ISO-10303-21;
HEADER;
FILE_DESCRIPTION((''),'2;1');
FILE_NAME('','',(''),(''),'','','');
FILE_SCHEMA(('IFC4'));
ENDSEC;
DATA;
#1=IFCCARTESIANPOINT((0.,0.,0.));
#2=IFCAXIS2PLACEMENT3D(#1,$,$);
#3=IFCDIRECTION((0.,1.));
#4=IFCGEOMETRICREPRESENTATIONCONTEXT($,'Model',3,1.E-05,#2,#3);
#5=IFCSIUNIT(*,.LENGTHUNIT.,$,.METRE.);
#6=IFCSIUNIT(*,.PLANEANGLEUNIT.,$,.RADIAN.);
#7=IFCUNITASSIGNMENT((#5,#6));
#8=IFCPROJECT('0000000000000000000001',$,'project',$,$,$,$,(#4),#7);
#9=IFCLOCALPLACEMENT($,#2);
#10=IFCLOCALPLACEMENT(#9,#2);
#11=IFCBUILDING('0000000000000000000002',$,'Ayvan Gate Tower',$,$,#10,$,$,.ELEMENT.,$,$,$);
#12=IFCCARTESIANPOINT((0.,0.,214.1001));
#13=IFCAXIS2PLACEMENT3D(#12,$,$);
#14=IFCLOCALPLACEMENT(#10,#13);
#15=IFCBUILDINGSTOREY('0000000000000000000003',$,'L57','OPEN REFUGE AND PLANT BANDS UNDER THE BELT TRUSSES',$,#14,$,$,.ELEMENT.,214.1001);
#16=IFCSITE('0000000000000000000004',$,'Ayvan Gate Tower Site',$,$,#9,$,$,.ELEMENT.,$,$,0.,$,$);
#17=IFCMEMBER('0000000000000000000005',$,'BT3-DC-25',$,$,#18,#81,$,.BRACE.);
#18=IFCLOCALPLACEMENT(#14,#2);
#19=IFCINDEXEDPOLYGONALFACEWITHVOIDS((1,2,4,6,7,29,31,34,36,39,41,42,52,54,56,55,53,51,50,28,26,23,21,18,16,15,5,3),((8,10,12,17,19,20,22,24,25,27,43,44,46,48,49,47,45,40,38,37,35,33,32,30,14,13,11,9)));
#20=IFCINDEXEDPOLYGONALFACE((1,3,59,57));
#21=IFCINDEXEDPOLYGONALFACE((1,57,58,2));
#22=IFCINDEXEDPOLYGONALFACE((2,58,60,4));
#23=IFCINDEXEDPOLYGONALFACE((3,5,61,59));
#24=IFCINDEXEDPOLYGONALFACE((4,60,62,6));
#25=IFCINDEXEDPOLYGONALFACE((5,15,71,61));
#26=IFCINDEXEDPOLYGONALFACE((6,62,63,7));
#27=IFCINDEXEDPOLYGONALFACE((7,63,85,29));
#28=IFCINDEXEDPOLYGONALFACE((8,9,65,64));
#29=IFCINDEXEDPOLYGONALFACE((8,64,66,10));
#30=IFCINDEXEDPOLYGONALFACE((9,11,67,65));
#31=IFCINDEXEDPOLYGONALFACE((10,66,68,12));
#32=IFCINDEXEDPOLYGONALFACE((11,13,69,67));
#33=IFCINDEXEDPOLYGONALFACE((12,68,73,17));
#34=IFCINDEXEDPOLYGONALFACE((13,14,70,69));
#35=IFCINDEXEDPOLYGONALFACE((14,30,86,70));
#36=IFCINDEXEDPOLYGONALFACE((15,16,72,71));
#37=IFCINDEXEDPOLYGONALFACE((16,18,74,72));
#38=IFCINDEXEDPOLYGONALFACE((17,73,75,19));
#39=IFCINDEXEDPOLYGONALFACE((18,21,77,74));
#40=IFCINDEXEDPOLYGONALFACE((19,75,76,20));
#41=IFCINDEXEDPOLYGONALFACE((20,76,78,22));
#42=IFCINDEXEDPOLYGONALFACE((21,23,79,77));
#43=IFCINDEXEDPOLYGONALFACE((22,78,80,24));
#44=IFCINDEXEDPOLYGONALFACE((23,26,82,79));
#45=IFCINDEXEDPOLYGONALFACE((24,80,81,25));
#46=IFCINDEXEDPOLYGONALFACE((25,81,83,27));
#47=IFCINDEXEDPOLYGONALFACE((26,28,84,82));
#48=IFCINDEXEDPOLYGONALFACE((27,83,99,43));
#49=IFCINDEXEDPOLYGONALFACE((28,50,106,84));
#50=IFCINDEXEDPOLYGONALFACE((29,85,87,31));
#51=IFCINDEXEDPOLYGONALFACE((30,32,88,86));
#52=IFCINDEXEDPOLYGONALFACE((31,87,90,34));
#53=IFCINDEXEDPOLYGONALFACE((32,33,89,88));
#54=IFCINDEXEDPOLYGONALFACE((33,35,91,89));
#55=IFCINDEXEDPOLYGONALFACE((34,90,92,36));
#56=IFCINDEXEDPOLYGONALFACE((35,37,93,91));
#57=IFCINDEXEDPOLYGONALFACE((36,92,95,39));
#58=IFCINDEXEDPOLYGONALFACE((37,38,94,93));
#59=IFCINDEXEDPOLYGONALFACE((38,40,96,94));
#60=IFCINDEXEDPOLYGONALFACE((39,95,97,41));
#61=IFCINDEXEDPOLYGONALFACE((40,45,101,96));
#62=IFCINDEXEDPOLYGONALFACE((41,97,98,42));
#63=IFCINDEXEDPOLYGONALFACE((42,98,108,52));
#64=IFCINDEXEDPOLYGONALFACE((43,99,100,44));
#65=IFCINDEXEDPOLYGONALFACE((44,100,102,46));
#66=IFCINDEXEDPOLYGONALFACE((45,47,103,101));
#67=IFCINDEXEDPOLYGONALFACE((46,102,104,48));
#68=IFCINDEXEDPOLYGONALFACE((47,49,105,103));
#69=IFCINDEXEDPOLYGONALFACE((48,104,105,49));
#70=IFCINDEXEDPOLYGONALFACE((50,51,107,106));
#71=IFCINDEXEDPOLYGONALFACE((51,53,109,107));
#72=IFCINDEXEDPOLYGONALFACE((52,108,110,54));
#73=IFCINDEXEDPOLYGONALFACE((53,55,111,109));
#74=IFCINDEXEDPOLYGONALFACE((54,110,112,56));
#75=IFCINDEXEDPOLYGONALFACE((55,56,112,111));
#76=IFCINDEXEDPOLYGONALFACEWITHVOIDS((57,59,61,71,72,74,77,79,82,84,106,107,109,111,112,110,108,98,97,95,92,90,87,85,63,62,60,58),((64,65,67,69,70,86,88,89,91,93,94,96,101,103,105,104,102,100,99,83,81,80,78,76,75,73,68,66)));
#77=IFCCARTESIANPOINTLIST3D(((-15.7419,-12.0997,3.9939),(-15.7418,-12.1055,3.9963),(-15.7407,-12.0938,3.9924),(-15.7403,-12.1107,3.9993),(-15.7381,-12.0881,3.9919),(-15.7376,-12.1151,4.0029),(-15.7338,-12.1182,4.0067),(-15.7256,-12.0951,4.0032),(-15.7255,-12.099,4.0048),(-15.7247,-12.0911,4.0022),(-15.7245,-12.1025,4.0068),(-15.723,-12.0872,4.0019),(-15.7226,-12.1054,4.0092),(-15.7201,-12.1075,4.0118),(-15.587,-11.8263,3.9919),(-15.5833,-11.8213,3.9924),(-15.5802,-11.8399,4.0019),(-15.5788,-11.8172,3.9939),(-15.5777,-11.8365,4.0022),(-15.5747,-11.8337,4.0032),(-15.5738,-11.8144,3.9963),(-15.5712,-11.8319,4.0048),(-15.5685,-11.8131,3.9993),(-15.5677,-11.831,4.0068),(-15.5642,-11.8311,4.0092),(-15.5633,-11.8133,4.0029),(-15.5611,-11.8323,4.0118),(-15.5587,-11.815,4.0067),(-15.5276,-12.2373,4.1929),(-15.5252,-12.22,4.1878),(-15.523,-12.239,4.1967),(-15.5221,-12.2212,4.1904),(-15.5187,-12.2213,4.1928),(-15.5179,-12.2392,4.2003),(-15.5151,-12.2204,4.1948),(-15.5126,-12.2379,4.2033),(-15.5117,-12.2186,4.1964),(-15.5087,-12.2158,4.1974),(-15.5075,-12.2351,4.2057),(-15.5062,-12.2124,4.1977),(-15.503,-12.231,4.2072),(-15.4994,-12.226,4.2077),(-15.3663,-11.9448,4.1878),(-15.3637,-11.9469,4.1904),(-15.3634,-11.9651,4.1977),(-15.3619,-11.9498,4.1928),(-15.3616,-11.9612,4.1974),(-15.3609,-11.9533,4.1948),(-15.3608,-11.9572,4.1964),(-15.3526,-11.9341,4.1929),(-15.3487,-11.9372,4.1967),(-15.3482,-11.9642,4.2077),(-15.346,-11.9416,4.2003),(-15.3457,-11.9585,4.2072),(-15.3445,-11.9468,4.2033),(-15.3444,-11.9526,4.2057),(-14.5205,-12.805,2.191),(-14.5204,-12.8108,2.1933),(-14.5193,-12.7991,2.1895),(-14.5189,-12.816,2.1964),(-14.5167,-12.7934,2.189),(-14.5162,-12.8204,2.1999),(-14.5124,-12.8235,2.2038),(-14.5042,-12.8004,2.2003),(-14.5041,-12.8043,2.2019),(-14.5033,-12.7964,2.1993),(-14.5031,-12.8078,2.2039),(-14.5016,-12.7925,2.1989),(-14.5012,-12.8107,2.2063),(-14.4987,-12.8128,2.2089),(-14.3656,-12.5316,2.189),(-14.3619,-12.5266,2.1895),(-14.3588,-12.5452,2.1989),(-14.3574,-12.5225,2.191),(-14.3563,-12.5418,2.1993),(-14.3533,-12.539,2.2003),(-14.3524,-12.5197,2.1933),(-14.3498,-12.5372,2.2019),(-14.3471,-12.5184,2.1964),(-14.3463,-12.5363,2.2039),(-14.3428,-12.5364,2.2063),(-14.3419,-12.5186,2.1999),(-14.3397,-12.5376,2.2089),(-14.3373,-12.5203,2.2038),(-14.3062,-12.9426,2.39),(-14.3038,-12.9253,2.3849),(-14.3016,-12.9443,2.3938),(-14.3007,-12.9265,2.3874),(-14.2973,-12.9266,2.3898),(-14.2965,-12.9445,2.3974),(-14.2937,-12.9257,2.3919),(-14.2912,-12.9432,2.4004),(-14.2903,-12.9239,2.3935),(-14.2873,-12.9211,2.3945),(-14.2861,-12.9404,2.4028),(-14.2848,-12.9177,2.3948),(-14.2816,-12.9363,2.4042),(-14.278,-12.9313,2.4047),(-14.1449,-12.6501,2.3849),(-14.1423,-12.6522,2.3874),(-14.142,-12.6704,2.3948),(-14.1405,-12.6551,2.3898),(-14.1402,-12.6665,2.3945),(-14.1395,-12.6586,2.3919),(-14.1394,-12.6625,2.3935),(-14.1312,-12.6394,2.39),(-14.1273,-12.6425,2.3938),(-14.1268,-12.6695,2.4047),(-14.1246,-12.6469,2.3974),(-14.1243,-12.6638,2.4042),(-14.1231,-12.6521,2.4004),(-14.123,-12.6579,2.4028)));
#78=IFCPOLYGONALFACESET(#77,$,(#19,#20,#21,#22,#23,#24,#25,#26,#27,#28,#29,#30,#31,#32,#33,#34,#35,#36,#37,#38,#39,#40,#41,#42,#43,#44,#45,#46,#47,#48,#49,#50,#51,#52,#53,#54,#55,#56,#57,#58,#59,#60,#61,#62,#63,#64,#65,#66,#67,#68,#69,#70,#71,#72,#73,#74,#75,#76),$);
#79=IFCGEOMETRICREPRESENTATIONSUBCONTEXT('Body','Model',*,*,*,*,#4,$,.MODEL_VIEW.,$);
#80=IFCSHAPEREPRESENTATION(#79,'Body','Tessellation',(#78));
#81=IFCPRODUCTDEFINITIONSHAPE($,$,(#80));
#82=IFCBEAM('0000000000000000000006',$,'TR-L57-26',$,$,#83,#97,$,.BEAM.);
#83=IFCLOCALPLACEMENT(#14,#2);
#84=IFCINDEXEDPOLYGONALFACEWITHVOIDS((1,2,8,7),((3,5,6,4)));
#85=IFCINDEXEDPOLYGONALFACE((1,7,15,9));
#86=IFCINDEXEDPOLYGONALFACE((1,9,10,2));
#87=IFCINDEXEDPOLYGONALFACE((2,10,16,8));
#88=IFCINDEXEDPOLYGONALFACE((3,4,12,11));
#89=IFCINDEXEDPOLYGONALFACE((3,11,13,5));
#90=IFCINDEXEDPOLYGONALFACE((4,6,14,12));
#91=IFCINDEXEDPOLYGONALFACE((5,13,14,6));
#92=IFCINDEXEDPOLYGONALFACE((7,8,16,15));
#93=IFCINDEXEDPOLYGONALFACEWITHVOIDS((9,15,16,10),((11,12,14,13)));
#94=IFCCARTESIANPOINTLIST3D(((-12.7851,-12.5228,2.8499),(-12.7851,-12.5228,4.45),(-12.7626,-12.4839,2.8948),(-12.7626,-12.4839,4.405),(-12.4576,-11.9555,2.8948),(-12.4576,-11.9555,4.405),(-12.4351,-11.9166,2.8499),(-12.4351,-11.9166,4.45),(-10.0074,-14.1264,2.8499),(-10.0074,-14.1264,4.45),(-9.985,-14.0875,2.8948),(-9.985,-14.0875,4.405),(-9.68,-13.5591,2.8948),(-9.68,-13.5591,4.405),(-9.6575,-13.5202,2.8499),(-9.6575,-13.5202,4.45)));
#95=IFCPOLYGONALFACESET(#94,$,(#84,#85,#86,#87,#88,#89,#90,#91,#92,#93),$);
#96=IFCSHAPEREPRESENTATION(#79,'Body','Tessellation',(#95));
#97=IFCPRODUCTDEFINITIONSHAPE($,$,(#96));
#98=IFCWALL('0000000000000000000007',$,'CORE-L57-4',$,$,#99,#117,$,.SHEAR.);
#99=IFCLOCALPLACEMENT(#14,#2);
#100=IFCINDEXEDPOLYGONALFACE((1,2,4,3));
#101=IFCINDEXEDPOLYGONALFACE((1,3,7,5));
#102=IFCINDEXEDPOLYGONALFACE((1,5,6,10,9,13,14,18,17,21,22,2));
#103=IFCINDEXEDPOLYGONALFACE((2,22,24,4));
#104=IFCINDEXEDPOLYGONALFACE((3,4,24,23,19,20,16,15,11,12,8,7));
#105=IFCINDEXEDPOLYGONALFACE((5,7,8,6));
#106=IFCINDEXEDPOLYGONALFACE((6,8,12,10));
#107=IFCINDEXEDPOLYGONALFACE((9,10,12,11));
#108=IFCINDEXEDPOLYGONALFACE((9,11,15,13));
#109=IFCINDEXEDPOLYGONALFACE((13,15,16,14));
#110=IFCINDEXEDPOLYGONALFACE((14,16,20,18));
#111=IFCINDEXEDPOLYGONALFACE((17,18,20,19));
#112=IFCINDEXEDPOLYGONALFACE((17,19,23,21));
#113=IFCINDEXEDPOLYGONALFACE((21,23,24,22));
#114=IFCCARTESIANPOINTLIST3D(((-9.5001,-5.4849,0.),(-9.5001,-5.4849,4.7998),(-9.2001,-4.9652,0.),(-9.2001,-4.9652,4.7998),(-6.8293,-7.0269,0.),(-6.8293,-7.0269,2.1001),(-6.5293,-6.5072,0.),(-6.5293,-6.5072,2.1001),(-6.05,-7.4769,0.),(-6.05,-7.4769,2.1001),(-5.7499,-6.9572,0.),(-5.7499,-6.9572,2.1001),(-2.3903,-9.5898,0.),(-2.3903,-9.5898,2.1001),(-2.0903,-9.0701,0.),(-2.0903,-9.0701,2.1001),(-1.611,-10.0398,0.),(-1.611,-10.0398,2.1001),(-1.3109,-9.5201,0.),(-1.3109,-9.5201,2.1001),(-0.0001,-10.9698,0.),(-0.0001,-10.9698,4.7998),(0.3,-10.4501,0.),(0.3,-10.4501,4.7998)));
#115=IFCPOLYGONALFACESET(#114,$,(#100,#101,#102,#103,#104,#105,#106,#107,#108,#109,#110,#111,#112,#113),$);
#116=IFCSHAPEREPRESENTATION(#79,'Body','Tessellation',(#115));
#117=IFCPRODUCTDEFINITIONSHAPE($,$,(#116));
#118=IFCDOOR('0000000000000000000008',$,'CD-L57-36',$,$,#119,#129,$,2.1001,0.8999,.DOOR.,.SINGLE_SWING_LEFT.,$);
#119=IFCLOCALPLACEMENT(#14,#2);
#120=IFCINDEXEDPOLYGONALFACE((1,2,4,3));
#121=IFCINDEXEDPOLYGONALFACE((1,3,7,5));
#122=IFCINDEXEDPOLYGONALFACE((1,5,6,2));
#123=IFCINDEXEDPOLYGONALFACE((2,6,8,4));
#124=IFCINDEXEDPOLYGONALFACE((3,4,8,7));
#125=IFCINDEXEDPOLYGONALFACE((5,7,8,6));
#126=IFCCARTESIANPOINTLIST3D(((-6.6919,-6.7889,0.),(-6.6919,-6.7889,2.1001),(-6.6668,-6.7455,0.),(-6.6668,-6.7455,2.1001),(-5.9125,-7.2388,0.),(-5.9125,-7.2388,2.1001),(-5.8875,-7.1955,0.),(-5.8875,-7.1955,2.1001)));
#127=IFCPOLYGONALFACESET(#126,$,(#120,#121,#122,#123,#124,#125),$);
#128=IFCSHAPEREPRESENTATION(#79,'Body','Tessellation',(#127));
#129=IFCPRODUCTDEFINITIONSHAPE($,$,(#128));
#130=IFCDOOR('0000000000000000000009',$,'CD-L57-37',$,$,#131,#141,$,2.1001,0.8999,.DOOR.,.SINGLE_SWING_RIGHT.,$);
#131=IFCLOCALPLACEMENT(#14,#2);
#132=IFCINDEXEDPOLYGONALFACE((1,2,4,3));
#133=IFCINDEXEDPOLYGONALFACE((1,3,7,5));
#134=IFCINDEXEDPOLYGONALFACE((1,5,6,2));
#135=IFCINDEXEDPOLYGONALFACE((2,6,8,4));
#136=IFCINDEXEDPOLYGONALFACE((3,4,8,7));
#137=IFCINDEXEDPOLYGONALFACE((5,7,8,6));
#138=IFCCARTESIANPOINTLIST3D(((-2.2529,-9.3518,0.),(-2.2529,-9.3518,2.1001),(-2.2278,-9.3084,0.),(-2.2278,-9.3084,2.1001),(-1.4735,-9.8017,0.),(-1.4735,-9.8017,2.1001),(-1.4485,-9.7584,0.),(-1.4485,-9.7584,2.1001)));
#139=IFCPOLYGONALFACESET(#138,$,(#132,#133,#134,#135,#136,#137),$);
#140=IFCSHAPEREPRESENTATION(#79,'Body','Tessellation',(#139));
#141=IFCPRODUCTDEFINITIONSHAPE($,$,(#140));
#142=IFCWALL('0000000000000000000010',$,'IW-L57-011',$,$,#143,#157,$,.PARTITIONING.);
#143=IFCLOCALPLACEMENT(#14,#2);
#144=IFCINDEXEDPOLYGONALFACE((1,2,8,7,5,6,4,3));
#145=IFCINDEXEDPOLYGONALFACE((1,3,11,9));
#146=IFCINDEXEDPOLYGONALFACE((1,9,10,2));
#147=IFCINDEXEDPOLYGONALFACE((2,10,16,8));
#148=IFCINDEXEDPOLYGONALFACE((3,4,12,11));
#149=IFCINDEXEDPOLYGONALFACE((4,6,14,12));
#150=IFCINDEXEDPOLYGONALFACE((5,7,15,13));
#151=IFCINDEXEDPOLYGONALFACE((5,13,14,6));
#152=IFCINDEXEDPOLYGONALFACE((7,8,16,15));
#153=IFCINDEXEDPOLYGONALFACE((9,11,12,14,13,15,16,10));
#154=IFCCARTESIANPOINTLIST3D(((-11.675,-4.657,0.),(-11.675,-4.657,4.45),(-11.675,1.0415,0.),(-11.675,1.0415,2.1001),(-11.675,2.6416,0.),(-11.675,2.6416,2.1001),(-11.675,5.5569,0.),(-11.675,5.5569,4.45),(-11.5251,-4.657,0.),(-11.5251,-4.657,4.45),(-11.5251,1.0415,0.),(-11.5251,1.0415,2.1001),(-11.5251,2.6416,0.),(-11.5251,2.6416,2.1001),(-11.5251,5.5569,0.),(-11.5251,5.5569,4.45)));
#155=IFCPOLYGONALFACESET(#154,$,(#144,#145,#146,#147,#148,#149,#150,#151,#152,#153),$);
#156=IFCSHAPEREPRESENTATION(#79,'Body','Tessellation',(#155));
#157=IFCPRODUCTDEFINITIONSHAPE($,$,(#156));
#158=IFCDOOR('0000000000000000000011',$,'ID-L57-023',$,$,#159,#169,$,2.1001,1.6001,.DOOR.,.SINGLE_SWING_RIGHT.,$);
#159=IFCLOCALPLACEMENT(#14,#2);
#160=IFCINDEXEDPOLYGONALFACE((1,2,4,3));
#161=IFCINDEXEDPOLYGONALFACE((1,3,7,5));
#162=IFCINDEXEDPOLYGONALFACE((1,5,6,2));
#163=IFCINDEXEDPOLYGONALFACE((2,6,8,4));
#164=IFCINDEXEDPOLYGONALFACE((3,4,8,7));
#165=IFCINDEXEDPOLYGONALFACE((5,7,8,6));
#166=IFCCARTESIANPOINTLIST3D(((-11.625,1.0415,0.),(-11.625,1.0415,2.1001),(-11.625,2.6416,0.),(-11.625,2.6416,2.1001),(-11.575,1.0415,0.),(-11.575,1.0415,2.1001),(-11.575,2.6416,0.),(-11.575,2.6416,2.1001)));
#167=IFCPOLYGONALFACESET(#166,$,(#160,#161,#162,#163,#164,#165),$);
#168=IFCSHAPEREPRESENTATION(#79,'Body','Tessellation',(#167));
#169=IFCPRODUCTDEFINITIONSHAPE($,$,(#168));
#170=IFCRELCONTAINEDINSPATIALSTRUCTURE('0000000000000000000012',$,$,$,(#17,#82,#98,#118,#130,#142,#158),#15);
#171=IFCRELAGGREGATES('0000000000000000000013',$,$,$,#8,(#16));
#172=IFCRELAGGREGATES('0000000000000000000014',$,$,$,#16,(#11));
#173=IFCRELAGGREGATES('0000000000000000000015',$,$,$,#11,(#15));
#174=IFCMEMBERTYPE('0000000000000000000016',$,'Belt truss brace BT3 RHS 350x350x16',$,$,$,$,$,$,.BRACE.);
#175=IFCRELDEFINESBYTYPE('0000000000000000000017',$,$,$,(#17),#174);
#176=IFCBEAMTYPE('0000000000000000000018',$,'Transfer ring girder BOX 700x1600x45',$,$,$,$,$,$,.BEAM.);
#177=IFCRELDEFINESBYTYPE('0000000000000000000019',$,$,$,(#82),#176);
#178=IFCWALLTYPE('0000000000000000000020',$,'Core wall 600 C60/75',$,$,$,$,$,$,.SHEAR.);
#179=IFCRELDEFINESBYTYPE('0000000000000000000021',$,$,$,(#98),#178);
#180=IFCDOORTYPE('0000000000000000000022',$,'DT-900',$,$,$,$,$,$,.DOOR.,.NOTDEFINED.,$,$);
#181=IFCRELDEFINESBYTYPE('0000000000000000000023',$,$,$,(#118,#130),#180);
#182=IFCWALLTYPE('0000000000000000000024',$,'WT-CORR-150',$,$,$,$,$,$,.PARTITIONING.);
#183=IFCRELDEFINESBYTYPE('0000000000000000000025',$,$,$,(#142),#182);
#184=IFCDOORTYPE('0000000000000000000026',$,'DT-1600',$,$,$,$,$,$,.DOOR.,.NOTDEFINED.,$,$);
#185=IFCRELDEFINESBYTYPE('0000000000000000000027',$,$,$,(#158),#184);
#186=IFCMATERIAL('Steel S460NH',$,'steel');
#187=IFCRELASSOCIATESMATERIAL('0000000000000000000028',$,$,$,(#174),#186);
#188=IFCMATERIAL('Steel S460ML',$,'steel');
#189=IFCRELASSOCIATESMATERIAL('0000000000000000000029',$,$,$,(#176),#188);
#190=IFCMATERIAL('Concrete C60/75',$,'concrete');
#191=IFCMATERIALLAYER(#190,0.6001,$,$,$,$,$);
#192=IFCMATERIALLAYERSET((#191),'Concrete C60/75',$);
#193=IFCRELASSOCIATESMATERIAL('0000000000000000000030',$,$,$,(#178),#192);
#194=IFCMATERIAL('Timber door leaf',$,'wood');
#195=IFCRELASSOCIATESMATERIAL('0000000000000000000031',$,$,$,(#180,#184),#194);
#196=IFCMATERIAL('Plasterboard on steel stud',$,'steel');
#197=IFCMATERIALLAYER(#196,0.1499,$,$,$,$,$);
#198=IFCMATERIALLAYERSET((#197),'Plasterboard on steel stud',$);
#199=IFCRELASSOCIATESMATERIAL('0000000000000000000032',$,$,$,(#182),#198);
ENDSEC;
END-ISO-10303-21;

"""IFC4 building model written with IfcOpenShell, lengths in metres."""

from ifc_helpers import new_model, si_unit, direction, frame, frame_2d, origin, origin_2d, place, context, subcontext, project, spatial, rectangle, hollow_rectangle, extrude, material, layer, layer_set, material_profile, profile_set, type_object, element, fill, save


model = new_model("IFC4")

# Units and contexts
model_context = context("Model", 3, precision=1e-05, world=origin(), true_north=direction((0.0, 1.0)))
body_context = subcontext(model_context, "Body", "Model", "MODEL_VIEW")
ifc_project = project(units=[si_unit("LENGTHUNIT", "METRE"), si_unit("PLANEANGLEUNIT", "RADIAN")], contexts=[model_context])

# Site, building, storey
site_placement = place(None, origin())
site = spatial("IfcSite", under=ifc_project, at=site_placement, Name="Ayvan Gate Tower Site", CompositionType="ELEMENT", RefElevation=0.0)
building_placement = place(site_placement, origin())
building = spatial("IfcBuilding", under=site, at=building_placement, Name="Ayvan Gate Tower", CompositionType="ELEMENT")
storey_placement = place(building_placement, frame((0.0, 0.0, 214.1001)))
storey = spatial("IfcBuildingStorey", under=building, at=storey_placement, Name="L57", Description="OPEN REFUGE AND PLANT BANDS UNDER THE BELT TRUSSES", CompositionType="ELEMENT", Elevation=214.1001)

# Member
ifc_material_1 = material(Name="Steel S460NH", Category="steel")
ifc_material_profile_1 = material_profile(ifc_material_1, hollow_rectangle(XDim=0.3501, YDim=0.3501, WallThickness=0.0161, InnerFilletRadius=0.0161, OuterFilletRadius=0.0239, at=origin_2d()), Name="RHS 350x350x16")
ifc_profile_set_1 = profile_set([ifc_material_profile_1], Name="Steel S460NH")
member_type = type_object("IfcMemberType", Name="Belt truss brace BT3 RHS 350x350x16", PredefinedType="BRACE", material=ifc_profile_set_1)
member_placement = place(storey_placement, frame((-14.3218, -12.7314, 2.2969), z_axis=(-0.533581, 0.308118, 0.787626), x_axis=(-0.500067, -0.865987, 0.0)))
element("IfcMember", 1, at=member_placement, inside=storey, type_object=member_type, Name="BT3-DC-25", PredefinedType="BRACE", context=body_context, shape_type="SweptSolid", body=[
    extrude(hollow_rectangle(XDim=0.3501, YDim=0.3501, WallThickness=0.0161, InnerFilletRadius=0.0161, OuterFilletRadius=0.0239, at=origin_2d()), origin(), (0.0, 0.0, 1.0), 2.2891),
])

# Beam
ifc_material_2 = material(Name="Steel S460ML", Category="steel")
ifc_material_profile_2 = material_profile(ifc_material_2, hollow_rectangle(XDim=0.7, YDim=1.6001, WallThickness=0.0449, at=origin_2d()), Name="BOX 700x1600x45")
ifc_profile_set_2 = profile_set([ifc_material_profile_2], Name="Steel S460ML")
beam_type = type_object("IfcBeamType", Name="Transfer ring girder BOX 700x1600x45", PredefinedType="BEAM", material=ifc_profile_set_2)
beam_placement = place(storey_placement, frame((-12.6101, -12.2197, 3.6499), z_axis=(0.866042, -0.499971, 0.0), x_axis=(0.499971, 0.866042, 0.0)))
element("IfcBeam", 2, at=beam_placement, inside=storey, type_object=beam_type, Name="TR-L57-26", PredefinedType="BEAM", context=body_context, shape_type="SweptSolid", body=[
    extrude(hollow_rectangle(XDim=0.7, YDim=1.6001, WallThickness=0.0449, at=origin_2d()), origin(), (0.0, 0.0, 1.0), 3.2073),
])

# Wall, openings, doors
ifc_material_3 = material(Name="Concrete C60/75", Category="concrete")
ifc_layer_1 = layer(ifc_material_3, 0.6001)
ifc_layer_set_1 = layer_set([ifc_layer_1], Name="Concrete C60/75")
wall_type_1 = type_object("IfcWallType", Name="Core wall 600 C60/75", PredefinedType="SHEAR", material=ifc_layer_set_1)
wall_1_placement = place(storey_placement, frame((-9.3501, -5.2251, 0.0), z_axis=(0.0, 0.0, 1.0), x_axis=(0.866024, -0.500002, 0.0)))
wall_1 = element("IfcWall", 3, at=wall_1_placement, inside=storey, type_object=wall_type_1, Name="CORE-L57-4", PredefinedType="SHEAR", context=body_context, shape_type="SweptSolid", body=[
    extrude(rectangle(XDim=10.9697, YDim=0.6001, at=frame_2d((5.4849, 0.0))), origin(), (0.0, 0.0, 1.0), 4.7998),
])
opening_1_placement = place(wall_1_placement, frame((3.084, 0.0, 0.0)))
opening_1 = element("IfcOpeningElement", 4, at=opening_1_placement, cuts=wall_1, PredefinedType="OPENING", context=body_context, shape_type="SweptSolid", body=[
    extrude(rectangle(XDim=0.8999, YDim=2.1001, at=frame_2d((0.45, 1.05))), frame((0.0, 0.3101, 0.0), z_axis=(0.0, -1.0, 0.0), x_axis=(1.0, 0.0, 0.0)), (0.0, 0.0, 1.0), 0.6201),
])
opening_2_placement = place(wall_1_placement, frame((8.2097, 0.0, 0.0)))
opening_2 = element("IfcOpeningElement", 5, at=opening_2_placement, cuts=wall_1, PredefinedType="OPENING", context=body_context, shape_type="SweptSolid", body=[
    extrude(rectangle(XDim=0.8999, YDim=2.1001, at=frame_2d((0.45, 1.05))), frame((0.0, 0.3101, 0.0), z_axis=(0.0, -1.0, 0.0), x_axis=(1.0, 0.0, 0.0)), (0.0, 0.0, 1.0), 0.6201),
])
ifc_material_4 = material(Name="Timber door leaf", Category="wood")
door_type_1 = type_object("IfcDoorType", Name="DT-900", OperationType="NOTDEFINED", PredefinedType="DOOR", material=ifc_material_4)
door_1_placement = place(opening_1_placement, origin())
door_1 = element("IfcDoor", 6, at=door_1_placement, inside=storey, type_object=door_type_1, Name="CD-L57-36", OperationType="SINGLE_SWING_LEFT", OverallHeight=2.1001, OverallWidth=0.8999, PredefinedType="DOOR", context=body_context, shape_type="SweptSolid", body=[
    extrude(rectangle(XDim=0.8999, YDim=2.1001, at=frame_2d((0.45, 1.05))), frame((0.0, 0.0249, 0.0), z_axis=(0.0, -1.0, 0.0), x_axis=(1.0, 0.0, 0.0)), (0.0, 0.0, 1.0), 0.05),
])
fill(opening_1, door_1)
door_2_placement = place(opening_2_placement, origin())
door_2 = element("IfcDoor", 7, at=door_2_placement, inside=storey, type_object=door_type_1, Name="CD-L57-37", OperationType="SINGLE_SWING_RIGHT", OverallHeight=2.1001, OverallWidth=0.8999, PredefinedType="DOOR", context=body_context, shape_type="SweptSolid", body=[
    extrude(rectangle(XDim=0.8999, YDim=2.1001, at=frame_2d((0.45, 1.05))), frame((0.0, 0.0249, 0.0), z_axis=(0.0, -1.0, 0.0), x_axis=(1.0, 0.0, 0.0)), (0.0, 0.0, 1.0), 0.05),
])
fill(opening_2, door_2)

# Wall, opening, door
ifc_material_5 = material(Name="Plasterboard on steel stud", Category="steel")
ifc_layer_2 = layer(ifc_material_5, 0.1499)
ifc_layer_set_2 = layer_set([ifc_layer_2], Name="Plasterboard on steel stud")
wall_type_2 = type_object("IfcWallType", Name="WT-CORR-150", PredefinedType="PARTITIONING", material=ifc_layer_set_2)
wall_2_placement = place(storey_placement, frame((-11.6001, -4.657, 0.0), z_axis=(0.0, 0.0, 1.0), x_axis=(0.0, 1.0, 0.0)))
wall_2 = element("IfcWall", 8, at=wall_2_placement, inside=storey, type_object=wall_type_2, Name="IW-L57-011", PredefinedType="PARTITIONING", context=body_context, shape_type="SweptSolid", body=[
    extrude(rectangle(XDim=10.2139, YDim=0.1499, at=frame_2d((5.1069, 0.0))), origin(), (0.0, 0.0, 1.0), 4.45),
])
opening_3_placement = place(wall_2_placement, frame((5.6985, 0.0, 0.0)))
opening_3 = element("IfcOpeningElement", 9, at=opening_3_placement, cuts=wall_2, PredefinedType="OPENING", context=body_context, shape_type="SweptSolid", body=[
    extrude(rectangle(XDim=1.6001, YDim=2.1001, at=frame_2d((0.8, 1.05))), frame((0.0, 0.085, 0.0), z_axis=(0.0, -1.0, 0.0), x_axis=(1.0, 0.0, 0.0)), (0.0, 0.0, 1.0), 0.1699),
])
door_type_2 = type_object("IfcDoorType", Name="DT-1600", OperationType="NOTDEFINED", PredefinedType="DOOR", material=ifc_material_4)
door_3_placement = place(opening_3_placement, origin())
door_3 = element("IfcDoor", 10, at=door_3_placement, inside=storey, type_object=door_type_2, Name="ID-L57-023", OperationType="SINGLE_SWING_RIGHT", OverallHeight=2.1001, OverallWidth=1.6001, PredefinedType="DOOR", context=body_context, shape_type="SweptSolid", body=[
    extrude(rectangle(XDim=1.6001, YDim=2.1001, at=frame_2d((0.8, 1.05))), frame((0.0, 0.0249, 0.0), z_axis=(0.0, -1.0, 0.0), x_axis=(1.0, 0.0, 0.0)), (0.0, 0.0, 1.0), 0.05),
])
fill(opening_3, door_3)

save(model, "model.ifc")
